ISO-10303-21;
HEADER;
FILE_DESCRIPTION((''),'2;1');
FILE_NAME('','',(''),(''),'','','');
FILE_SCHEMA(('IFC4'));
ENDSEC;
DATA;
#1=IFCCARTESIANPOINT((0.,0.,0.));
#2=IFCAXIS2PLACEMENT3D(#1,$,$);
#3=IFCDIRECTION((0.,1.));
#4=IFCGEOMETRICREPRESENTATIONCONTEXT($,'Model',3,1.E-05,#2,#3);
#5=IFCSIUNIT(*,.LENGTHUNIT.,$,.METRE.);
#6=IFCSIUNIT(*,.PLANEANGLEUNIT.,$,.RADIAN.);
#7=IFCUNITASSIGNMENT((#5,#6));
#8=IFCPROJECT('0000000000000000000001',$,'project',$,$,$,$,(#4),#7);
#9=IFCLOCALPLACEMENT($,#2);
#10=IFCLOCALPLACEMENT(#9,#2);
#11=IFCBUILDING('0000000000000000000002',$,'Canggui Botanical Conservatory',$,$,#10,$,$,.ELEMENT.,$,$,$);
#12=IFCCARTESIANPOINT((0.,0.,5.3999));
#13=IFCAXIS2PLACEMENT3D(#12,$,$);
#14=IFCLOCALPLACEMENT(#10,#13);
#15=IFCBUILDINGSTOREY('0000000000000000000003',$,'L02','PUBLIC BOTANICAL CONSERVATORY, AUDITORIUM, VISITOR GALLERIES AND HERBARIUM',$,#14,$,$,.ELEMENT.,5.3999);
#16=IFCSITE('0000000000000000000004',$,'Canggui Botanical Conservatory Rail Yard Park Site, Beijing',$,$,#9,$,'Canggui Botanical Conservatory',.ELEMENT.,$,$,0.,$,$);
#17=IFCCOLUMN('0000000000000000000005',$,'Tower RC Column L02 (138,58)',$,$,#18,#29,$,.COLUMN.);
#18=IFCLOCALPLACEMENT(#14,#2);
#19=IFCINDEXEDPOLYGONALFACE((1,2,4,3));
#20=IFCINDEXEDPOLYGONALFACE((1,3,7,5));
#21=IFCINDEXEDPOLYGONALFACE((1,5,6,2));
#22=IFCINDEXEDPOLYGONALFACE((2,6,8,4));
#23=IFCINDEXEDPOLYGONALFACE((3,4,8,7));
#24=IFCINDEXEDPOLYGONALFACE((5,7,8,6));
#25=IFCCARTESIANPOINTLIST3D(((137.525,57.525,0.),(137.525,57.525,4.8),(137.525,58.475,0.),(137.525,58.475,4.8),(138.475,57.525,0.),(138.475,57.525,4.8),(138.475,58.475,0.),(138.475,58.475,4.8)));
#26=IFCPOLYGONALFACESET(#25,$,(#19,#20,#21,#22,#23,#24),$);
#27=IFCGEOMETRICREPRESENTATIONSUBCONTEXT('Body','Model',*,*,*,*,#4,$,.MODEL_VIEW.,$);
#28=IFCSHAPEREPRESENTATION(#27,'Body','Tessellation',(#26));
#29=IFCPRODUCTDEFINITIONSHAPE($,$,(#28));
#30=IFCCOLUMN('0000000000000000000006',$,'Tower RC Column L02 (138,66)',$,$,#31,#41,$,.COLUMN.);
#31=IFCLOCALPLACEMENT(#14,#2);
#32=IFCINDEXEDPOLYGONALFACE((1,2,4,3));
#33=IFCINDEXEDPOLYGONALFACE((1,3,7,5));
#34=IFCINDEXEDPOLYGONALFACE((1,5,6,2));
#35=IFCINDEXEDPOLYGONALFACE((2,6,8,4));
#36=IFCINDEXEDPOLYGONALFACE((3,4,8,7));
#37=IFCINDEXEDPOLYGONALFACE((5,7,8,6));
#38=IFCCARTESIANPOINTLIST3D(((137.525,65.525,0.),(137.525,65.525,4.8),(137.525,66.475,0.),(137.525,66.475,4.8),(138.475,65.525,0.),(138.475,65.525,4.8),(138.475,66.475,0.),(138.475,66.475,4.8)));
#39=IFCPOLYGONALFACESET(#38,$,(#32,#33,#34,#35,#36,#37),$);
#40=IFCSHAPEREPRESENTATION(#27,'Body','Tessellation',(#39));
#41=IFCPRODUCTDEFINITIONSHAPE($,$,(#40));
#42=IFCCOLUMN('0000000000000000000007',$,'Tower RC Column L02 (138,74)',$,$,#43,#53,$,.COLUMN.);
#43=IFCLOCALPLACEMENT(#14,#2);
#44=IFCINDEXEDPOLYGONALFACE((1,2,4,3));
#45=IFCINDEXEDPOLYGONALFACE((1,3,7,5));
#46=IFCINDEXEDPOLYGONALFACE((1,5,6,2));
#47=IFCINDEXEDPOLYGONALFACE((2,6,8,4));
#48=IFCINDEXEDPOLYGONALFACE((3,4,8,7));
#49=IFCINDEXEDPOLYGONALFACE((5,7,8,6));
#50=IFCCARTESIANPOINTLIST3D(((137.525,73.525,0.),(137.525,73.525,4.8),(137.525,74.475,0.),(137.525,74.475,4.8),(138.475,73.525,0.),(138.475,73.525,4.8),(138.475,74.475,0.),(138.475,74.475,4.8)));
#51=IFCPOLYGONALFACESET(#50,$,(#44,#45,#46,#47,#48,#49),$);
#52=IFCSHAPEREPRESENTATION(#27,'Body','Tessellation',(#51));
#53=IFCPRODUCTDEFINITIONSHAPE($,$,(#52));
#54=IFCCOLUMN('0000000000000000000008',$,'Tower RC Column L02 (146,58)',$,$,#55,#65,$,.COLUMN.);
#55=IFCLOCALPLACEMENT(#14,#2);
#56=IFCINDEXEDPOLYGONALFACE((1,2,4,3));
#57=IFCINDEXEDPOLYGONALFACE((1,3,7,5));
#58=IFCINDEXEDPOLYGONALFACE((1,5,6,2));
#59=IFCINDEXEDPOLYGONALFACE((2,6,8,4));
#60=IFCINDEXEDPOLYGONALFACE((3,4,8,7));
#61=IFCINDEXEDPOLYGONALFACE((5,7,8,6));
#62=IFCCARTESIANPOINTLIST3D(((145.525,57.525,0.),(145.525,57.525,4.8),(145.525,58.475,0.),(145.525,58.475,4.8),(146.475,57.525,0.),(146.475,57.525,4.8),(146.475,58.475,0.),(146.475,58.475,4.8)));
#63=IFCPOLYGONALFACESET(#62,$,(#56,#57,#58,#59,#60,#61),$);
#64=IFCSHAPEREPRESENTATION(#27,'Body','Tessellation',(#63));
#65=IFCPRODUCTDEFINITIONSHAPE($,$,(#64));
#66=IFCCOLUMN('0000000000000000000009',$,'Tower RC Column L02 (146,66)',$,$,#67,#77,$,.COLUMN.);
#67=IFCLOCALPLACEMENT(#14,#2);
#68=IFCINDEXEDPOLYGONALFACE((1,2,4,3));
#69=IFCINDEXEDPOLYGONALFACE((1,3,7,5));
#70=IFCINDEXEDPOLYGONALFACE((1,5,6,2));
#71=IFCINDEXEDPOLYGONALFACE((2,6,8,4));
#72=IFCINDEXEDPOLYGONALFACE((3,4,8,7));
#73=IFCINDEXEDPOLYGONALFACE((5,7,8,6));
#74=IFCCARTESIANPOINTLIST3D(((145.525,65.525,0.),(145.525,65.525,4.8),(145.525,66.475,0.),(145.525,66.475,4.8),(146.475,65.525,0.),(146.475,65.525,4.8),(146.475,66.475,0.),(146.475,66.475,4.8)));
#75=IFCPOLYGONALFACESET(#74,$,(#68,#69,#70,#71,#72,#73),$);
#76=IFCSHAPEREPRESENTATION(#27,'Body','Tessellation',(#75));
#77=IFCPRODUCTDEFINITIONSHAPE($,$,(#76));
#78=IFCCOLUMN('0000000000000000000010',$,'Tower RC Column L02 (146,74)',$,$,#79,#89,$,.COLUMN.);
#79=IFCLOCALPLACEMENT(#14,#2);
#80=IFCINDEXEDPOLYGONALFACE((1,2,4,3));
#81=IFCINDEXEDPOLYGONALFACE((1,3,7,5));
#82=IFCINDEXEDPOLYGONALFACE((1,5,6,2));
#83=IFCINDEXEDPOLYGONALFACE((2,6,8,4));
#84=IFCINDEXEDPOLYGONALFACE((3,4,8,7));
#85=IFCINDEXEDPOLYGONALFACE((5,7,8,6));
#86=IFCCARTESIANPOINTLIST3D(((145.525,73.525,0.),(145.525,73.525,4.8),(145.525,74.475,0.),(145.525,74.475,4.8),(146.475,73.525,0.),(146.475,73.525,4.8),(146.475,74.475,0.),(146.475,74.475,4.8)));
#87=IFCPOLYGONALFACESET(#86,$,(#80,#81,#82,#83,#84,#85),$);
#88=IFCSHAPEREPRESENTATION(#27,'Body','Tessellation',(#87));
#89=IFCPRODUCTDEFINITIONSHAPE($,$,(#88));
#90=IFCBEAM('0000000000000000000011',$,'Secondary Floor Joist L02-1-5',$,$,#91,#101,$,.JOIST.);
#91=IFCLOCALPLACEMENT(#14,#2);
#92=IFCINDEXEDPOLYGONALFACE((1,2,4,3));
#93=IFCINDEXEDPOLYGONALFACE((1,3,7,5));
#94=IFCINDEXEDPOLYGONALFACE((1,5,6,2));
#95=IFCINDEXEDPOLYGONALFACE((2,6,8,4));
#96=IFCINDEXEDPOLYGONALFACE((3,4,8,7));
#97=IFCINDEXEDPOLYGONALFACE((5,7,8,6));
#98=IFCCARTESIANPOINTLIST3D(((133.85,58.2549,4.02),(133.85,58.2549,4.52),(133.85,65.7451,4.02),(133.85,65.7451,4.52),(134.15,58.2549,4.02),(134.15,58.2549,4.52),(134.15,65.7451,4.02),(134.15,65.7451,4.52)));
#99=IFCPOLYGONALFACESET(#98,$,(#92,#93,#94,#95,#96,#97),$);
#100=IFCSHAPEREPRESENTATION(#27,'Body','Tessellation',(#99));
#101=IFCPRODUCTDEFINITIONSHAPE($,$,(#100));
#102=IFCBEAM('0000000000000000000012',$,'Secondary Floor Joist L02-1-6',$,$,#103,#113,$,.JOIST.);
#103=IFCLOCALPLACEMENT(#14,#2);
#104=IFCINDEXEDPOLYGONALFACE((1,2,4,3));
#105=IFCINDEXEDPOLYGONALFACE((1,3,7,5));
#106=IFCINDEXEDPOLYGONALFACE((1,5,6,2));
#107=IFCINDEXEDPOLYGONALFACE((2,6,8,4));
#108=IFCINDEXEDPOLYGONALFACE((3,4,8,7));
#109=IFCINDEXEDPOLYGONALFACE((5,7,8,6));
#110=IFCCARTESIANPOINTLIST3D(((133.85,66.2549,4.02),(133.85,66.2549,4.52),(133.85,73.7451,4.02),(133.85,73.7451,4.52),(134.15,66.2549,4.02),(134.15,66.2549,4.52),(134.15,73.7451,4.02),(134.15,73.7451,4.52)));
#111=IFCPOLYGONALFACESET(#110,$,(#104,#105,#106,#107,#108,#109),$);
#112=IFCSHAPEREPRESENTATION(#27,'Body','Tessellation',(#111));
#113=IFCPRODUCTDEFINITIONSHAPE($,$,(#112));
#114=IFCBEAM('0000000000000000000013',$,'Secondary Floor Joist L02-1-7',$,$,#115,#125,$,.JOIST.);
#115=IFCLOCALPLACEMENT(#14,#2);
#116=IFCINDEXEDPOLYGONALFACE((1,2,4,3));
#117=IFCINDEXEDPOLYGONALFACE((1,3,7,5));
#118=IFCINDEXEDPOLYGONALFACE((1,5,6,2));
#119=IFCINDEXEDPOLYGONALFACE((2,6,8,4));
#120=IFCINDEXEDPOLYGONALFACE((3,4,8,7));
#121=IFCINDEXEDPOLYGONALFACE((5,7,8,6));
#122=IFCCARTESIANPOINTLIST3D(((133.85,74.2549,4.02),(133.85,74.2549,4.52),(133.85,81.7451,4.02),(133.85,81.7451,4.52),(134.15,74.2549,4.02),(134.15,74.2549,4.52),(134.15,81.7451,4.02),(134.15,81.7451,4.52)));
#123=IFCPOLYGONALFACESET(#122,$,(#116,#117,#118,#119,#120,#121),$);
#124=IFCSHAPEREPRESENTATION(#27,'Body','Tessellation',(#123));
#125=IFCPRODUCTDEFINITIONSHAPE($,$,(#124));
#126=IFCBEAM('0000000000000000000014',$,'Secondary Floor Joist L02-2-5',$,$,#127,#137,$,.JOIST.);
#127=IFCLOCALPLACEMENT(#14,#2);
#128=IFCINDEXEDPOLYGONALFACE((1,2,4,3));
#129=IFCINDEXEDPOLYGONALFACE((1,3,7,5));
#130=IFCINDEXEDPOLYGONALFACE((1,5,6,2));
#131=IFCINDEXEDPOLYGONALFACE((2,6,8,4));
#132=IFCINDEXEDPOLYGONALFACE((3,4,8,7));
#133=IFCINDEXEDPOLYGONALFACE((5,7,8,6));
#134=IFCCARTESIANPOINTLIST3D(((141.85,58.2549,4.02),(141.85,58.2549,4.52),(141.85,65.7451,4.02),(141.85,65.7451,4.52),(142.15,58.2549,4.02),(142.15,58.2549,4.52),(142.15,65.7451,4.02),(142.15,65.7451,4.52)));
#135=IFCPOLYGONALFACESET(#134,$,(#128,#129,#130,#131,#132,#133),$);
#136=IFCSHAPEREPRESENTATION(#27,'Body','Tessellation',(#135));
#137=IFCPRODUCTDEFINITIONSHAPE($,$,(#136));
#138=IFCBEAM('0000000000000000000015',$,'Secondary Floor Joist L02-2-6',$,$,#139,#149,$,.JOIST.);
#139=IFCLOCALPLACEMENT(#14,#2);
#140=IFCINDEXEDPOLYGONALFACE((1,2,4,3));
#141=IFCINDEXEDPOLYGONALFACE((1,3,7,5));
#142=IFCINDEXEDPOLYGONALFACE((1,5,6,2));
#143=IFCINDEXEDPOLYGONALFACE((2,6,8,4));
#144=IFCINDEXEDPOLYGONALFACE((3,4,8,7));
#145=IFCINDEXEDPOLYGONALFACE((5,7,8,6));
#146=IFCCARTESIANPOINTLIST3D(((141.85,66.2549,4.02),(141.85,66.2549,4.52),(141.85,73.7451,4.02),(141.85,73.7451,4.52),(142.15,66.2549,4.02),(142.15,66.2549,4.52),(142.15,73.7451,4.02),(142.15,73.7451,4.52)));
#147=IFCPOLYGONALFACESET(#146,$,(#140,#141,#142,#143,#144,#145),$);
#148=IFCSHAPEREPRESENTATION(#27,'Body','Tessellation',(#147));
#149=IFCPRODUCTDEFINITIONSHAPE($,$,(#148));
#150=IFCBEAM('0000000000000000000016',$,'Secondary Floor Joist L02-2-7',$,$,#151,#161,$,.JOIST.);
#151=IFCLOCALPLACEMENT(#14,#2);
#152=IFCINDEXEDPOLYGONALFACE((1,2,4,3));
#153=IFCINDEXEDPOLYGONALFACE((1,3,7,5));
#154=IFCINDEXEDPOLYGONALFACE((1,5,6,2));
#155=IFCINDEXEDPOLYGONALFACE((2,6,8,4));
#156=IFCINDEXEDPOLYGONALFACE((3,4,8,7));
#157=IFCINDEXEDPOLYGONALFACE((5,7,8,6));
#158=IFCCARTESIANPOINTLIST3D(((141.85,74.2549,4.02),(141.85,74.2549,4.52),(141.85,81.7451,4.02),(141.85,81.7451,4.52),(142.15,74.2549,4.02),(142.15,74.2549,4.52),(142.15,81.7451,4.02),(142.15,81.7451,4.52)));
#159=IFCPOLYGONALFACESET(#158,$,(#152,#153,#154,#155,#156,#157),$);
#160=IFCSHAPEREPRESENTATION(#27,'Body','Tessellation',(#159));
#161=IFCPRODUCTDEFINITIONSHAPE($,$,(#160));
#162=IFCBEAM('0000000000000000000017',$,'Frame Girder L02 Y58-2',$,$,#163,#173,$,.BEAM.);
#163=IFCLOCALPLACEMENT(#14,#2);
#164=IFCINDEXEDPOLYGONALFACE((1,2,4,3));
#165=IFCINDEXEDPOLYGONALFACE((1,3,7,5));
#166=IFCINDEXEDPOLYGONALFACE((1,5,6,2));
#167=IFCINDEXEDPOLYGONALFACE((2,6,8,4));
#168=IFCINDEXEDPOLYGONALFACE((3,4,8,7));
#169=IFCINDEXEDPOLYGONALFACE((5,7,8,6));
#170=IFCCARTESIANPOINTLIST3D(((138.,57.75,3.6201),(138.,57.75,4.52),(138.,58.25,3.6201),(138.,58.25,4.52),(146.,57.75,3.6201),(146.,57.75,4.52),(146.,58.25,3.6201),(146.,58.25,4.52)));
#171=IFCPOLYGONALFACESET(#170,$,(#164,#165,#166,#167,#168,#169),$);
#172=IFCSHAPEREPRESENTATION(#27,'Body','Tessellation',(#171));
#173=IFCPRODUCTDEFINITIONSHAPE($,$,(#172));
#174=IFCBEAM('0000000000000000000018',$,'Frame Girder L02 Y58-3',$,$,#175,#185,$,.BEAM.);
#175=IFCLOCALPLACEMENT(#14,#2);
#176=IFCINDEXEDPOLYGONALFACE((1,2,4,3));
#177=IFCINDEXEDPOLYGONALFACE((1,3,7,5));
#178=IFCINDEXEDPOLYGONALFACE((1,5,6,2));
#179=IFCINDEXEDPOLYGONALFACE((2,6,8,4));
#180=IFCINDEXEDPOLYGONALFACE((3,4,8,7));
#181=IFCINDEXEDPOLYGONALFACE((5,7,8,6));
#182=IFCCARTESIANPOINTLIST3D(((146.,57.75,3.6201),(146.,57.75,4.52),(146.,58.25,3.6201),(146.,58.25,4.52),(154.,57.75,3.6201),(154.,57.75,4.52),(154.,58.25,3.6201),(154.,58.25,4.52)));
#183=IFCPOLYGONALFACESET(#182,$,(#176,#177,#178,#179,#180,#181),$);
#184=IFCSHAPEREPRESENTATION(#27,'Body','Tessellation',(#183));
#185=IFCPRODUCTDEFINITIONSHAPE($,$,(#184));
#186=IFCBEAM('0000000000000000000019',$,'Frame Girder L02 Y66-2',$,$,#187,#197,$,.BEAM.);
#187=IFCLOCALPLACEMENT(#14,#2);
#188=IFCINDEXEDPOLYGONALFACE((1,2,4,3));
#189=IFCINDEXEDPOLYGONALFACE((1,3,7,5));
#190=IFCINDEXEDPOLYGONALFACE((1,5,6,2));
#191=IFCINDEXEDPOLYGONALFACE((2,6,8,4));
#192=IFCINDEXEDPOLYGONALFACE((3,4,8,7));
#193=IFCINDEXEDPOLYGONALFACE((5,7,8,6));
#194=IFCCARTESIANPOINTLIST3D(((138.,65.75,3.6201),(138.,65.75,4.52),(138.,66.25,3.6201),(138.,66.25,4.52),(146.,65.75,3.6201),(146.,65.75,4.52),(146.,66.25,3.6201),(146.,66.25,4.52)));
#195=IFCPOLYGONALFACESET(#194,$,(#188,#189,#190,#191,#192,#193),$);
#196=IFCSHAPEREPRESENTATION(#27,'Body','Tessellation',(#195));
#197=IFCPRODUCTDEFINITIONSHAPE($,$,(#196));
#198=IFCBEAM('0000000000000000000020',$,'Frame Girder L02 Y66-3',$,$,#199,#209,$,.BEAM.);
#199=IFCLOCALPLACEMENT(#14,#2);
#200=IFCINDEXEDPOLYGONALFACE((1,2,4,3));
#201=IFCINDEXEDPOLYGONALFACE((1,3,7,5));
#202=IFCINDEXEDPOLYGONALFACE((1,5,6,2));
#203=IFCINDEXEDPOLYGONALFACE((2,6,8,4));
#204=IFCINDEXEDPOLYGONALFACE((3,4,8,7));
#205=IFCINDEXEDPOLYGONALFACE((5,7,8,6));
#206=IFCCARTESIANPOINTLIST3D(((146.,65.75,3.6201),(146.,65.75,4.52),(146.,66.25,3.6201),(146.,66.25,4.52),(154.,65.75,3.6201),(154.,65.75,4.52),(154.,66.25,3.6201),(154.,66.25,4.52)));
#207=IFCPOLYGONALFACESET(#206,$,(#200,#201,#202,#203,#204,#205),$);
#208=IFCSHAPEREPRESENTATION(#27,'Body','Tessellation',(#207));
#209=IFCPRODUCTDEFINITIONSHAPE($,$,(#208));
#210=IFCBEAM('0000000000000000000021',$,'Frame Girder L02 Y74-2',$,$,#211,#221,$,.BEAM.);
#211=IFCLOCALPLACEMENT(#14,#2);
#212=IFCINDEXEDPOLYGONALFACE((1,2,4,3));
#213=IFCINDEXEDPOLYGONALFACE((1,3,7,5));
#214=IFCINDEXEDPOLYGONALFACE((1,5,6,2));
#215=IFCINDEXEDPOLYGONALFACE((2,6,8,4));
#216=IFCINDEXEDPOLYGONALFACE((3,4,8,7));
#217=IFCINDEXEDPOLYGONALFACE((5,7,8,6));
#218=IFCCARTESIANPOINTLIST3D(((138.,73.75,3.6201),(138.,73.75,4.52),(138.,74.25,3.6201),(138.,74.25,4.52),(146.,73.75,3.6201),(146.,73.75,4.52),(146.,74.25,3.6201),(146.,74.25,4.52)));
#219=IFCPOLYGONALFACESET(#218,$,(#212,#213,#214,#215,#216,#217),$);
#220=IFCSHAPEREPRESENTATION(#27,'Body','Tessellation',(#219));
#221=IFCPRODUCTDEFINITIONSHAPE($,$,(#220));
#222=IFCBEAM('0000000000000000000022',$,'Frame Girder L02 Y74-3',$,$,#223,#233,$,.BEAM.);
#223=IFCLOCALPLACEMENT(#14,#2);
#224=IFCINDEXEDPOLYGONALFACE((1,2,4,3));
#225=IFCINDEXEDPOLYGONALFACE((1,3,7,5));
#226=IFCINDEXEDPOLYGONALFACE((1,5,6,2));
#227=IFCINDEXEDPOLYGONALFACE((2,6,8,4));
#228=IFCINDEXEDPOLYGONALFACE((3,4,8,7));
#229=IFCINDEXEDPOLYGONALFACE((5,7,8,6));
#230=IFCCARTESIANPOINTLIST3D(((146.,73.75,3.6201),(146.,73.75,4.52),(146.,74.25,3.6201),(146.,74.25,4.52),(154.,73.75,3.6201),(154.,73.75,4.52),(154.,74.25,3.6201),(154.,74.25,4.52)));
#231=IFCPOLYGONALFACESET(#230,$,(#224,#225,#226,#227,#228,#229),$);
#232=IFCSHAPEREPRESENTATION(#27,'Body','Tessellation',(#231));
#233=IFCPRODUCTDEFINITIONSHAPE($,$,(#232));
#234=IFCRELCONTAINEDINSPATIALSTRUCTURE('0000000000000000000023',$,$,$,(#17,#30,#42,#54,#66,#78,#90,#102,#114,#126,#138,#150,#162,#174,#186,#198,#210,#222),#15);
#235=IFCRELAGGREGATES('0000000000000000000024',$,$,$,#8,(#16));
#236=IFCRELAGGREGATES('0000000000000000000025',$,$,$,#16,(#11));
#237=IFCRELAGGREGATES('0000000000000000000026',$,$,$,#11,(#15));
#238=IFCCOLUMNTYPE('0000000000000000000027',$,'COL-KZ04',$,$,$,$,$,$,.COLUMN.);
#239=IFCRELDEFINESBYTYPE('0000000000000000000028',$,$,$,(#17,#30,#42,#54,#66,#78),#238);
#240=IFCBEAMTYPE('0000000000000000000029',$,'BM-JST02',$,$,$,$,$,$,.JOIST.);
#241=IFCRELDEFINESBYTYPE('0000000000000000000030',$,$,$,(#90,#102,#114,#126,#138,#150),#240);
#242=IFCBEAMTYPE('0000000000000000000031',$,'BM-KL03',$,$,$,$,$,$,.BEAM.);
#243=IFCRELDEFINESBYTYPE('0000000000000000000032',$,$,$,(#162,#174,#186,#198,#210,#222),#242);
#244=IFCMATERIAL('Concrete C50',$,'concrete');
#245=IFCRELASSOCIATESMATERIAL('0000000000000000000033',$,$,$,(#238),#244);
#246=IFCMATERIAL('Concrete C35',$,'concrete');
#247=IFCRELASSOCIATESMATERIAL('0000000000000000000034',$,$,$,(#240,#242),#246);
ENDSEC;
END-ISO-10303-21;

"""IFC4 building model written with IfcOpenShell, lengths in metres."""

from ifc_helpers import new_model, si_unit, direction, frame, origin, origin_2d, place, context, subcontext, project, spatial, rectangle, extrude, material, material_profile, profile_set, type_object, element, save


model = new_model("IFC4")

# Units and contexts
model_context = context("Model", 3, precision=1e-05, world=origin(), true_north=direction((0.0, 1.0)))
body_context = subcontext(model_context, "Body", "Model", "MODEL_VIEW")
ifc_project = project(units=[si_unit("LENGTHUNIT", "METRE"), si_unit("PLANEANGLEUNIT", "RADIAN")], contexts=[model_context])

# Site, building, storey
site_placement = place(None, origin())
site = spatial("IfcSite", under=ifc_project, at=site_placement, Name="Canggui Botanical Conservatory Rail Yard Park Site, Beijing", LongName="Canggui Botanical Conservatory", CompositionType="ELEMENT", RefElevation=0.0)
building_placement = place(site_placement, origin())
building = spatial("IfcBuilding", under=site, at=building_placement, Name="Canggui Botanical Conservatory", CompositionType="ELEMENT")
storey_placement = place(building_placement, frame((0.0, 0.0, 5.3999)))
storey = spatial("IfcBuildingStorey", under=building, at=storey_placement, Name="L02", Description="PUBLIC BOTANICAL CONSERVATORY, AUDITORIUM, VISITOR GALLERIES AND HERBARIUM", CompositionType="ELEMENT", Elevation=5.3999)

# Columns
ifc_material_1 = material(Name="Concrete C50", Category="concrete")
ifc_material_profile_1 = material_profile(ifc_material_1, rectangle(XDim=0.95, YDim=0.95, at=origin_2d()), Name="RC 950x950")
ifc_profile_set_1 = profile_set([ifc_material_profile_1], Name="Concrete C50")
column_type = type_object("IfcColumnType", Name="COL-KZ04", PredefinedType="COLUMN", material=ifc_profile_set_1)
for number, where, z_axis, x_axis, name in (
    (1, (138.0, 58.0, 0.0), (0.0, 0.0, 1.0), (1.0, 0.0, 0.0), "Tower RC Column L02 (138,58)"),
    (2, (138.0, 66.0, 0.0), (0.0, 0.0, 1.0), (1.0, 0.0, 0.0), "Tower RC Column L02 (138,66)"),
    (3, (138.0, 74.0, 0.0), (0.0, 0.0, 1.0), (1.0, 0.0, 0.0), "Tower RC Column L02 (138,74)"),
    (4, (146.0, 58.0, 0.0), (0.0, 0.0, 1.0), (1.0, 0.0, 0.0), "Tower RC Column L02 (146,58)"),
    (5, (146.0, 66.0, 0.0), (0.0, 0.0, 1.0), (1.0, 0.0, 0.0), "Tower RC Column L02 (146,66)"),
    (6, (146.0, 74.0, 0.0), (0.0, 0.0, 1.0), (1.0, 0.0, 0.0), "Tower RC Column L02 (146,74)"),
):
    element("IfcColumn", number, at=place(storey_placement, frame(where, z_axis=z_axis, x_axis=x_axis)), inside=storey, type_object=column_type, Name=name, PredefinedType="COLUMN", context=body_context, shape_type="SweptSolid", body=[
        extrude(rectangle(XDim=0.95, YDim=0.95, at=origin_2d()), origin(), (0.0, 0.0, 1.0), 4.8),
    ])

# Beams
ifc_material_2 = material(Name="Concrete C35", Category="concrete")
ifc_material_profile_2 = material_profile(ifc_material_2, rectangle(XDim=0.3, YDim=0.5, at=origin_2d()), Name="RB 300x500")
ifc_profile_set_2 = profile_set([ifc_material_profile_2], Name="Concrete C35")
beam_type_1 = type_object("IfcBeamType", Name="BM-JST02", PredefinedType="JOIST", material=ifc_profile_set_2)
for number, where, z_axis, x_axis, name in (
    (7, (134.0, 58.2549, 4.27), (0.0, 1.0, 0.0), (-1.0, 0.0, 0.0), "Secondary Floor Joist L02-1-5"),
    (8, (134.0, 66.2549, 4.27), (0.0, 1.0, 0.0), (-1.0, 0.0, 0.0), "Secondary Floor Joist L02-1-6"),
    (9, (134.0, 74.2549, 4.27), (0.0, 1.0, 0.0), (-1.0, 0.0, 0.0), "Secondary Floor Joist L02-1-7"),
    (10, (142.0, 58.2549, 4.27), (0.0, 1.0, 0.0), (-1.0, 0.0, 0.0), "Secondary Floor Joist L02-2-5"),
    (11, (142.0, 66.2549, 4.27), (0.0, 1.0, 0.0), (-1.0, 0.0, 0.0), "Secondary Floor Joist L02-2-6"),
    (12, (142.0, 74.2549, 4.27), (0.0, 1.0, 0.0), (-1.0, 0.0, 0.0), "Secondary Floor Joist L02-2-7"),
):
    element("IfcBeam", number, at=place(storey_placement, frame(where, z_axis=z_axis, x_axis=x_axis)), inside=storey, type_object=beam_type_1, Name=name, PredefinedType="JOIST", context=body_context, shape_type="SweptSolid", body=[
        extrude(rectangle(XDim=0.3, YDim=0.5, at=origin_2d()), origin(), (0.0, 0.0, 1.0), 7.4902),
    ])
ifc_material_profile_3 = material_profile(ifc_material_2, rectangle(XDim=0.5, YDim=0.8999, at=origin_2d()), Name="RB 500x900")
ifc_profile_set_3 = profile_set([ifc_material_profile_3], Name="Concrete C35")
beam_type_2 = type_object("IfcBeamType", Name="BM-KL03", PredefinedType="BEAM", material=ifc_profile_set_3)
for number, where, z_axis, x_axis, name in (
    (13, (138.0, 58.0, 4.0701), (1.0, 0.0, 0.0), (0.0, 1.0, 0.0), "Frame Girder L02 Y58-2"),
    (14, (146.0, 58.0, 4.0701), (1.0, 0.0, 0.0), (0.0, 1.0, 0.0), "Frame Girder L02 Y58-3"),
    (15, (138.0, 66.0, 4.0701), (1.0, 0.0, 0.0), (0.0, 1.0, 0.0), "Frame Girder L02 Y66-2"),
    (16, (146.0, 66.0, 4.0701), (1.0, 0.0, 0.0), (0.0, 1.0, 0.0), "Frame Girder L02 Y66-3"),
    (17, (138.0, 74.0, 4.0701), (1.0, 0.0, 0.0), (0.0, 1.0, 0.0), "Frame Girder L02 Y74-2"),
    (18, (146.0, 74.0, 4.0701), (1.0, 0.0, 0.0), (0.0, 1.0, 0.0), "Frame Girder L02 Y74-3"),
):
    element("IfcBeam", number, at=place(storey_placement, frame(where, z_axis=z_axis, x_axis=x_axis)), inside=storey, type_object=beam_type_2, Name=name, PredefinedType="BEAM", context=body_context, shape_type="SweptSolid", body=[
        extrude(rectangle(XDim=0.5, YDim=0.8999, at=origin_2d()), origin(), (0.0, 0.0, 1.0), 8.0),
    ])

save(model, "model.ifc")
